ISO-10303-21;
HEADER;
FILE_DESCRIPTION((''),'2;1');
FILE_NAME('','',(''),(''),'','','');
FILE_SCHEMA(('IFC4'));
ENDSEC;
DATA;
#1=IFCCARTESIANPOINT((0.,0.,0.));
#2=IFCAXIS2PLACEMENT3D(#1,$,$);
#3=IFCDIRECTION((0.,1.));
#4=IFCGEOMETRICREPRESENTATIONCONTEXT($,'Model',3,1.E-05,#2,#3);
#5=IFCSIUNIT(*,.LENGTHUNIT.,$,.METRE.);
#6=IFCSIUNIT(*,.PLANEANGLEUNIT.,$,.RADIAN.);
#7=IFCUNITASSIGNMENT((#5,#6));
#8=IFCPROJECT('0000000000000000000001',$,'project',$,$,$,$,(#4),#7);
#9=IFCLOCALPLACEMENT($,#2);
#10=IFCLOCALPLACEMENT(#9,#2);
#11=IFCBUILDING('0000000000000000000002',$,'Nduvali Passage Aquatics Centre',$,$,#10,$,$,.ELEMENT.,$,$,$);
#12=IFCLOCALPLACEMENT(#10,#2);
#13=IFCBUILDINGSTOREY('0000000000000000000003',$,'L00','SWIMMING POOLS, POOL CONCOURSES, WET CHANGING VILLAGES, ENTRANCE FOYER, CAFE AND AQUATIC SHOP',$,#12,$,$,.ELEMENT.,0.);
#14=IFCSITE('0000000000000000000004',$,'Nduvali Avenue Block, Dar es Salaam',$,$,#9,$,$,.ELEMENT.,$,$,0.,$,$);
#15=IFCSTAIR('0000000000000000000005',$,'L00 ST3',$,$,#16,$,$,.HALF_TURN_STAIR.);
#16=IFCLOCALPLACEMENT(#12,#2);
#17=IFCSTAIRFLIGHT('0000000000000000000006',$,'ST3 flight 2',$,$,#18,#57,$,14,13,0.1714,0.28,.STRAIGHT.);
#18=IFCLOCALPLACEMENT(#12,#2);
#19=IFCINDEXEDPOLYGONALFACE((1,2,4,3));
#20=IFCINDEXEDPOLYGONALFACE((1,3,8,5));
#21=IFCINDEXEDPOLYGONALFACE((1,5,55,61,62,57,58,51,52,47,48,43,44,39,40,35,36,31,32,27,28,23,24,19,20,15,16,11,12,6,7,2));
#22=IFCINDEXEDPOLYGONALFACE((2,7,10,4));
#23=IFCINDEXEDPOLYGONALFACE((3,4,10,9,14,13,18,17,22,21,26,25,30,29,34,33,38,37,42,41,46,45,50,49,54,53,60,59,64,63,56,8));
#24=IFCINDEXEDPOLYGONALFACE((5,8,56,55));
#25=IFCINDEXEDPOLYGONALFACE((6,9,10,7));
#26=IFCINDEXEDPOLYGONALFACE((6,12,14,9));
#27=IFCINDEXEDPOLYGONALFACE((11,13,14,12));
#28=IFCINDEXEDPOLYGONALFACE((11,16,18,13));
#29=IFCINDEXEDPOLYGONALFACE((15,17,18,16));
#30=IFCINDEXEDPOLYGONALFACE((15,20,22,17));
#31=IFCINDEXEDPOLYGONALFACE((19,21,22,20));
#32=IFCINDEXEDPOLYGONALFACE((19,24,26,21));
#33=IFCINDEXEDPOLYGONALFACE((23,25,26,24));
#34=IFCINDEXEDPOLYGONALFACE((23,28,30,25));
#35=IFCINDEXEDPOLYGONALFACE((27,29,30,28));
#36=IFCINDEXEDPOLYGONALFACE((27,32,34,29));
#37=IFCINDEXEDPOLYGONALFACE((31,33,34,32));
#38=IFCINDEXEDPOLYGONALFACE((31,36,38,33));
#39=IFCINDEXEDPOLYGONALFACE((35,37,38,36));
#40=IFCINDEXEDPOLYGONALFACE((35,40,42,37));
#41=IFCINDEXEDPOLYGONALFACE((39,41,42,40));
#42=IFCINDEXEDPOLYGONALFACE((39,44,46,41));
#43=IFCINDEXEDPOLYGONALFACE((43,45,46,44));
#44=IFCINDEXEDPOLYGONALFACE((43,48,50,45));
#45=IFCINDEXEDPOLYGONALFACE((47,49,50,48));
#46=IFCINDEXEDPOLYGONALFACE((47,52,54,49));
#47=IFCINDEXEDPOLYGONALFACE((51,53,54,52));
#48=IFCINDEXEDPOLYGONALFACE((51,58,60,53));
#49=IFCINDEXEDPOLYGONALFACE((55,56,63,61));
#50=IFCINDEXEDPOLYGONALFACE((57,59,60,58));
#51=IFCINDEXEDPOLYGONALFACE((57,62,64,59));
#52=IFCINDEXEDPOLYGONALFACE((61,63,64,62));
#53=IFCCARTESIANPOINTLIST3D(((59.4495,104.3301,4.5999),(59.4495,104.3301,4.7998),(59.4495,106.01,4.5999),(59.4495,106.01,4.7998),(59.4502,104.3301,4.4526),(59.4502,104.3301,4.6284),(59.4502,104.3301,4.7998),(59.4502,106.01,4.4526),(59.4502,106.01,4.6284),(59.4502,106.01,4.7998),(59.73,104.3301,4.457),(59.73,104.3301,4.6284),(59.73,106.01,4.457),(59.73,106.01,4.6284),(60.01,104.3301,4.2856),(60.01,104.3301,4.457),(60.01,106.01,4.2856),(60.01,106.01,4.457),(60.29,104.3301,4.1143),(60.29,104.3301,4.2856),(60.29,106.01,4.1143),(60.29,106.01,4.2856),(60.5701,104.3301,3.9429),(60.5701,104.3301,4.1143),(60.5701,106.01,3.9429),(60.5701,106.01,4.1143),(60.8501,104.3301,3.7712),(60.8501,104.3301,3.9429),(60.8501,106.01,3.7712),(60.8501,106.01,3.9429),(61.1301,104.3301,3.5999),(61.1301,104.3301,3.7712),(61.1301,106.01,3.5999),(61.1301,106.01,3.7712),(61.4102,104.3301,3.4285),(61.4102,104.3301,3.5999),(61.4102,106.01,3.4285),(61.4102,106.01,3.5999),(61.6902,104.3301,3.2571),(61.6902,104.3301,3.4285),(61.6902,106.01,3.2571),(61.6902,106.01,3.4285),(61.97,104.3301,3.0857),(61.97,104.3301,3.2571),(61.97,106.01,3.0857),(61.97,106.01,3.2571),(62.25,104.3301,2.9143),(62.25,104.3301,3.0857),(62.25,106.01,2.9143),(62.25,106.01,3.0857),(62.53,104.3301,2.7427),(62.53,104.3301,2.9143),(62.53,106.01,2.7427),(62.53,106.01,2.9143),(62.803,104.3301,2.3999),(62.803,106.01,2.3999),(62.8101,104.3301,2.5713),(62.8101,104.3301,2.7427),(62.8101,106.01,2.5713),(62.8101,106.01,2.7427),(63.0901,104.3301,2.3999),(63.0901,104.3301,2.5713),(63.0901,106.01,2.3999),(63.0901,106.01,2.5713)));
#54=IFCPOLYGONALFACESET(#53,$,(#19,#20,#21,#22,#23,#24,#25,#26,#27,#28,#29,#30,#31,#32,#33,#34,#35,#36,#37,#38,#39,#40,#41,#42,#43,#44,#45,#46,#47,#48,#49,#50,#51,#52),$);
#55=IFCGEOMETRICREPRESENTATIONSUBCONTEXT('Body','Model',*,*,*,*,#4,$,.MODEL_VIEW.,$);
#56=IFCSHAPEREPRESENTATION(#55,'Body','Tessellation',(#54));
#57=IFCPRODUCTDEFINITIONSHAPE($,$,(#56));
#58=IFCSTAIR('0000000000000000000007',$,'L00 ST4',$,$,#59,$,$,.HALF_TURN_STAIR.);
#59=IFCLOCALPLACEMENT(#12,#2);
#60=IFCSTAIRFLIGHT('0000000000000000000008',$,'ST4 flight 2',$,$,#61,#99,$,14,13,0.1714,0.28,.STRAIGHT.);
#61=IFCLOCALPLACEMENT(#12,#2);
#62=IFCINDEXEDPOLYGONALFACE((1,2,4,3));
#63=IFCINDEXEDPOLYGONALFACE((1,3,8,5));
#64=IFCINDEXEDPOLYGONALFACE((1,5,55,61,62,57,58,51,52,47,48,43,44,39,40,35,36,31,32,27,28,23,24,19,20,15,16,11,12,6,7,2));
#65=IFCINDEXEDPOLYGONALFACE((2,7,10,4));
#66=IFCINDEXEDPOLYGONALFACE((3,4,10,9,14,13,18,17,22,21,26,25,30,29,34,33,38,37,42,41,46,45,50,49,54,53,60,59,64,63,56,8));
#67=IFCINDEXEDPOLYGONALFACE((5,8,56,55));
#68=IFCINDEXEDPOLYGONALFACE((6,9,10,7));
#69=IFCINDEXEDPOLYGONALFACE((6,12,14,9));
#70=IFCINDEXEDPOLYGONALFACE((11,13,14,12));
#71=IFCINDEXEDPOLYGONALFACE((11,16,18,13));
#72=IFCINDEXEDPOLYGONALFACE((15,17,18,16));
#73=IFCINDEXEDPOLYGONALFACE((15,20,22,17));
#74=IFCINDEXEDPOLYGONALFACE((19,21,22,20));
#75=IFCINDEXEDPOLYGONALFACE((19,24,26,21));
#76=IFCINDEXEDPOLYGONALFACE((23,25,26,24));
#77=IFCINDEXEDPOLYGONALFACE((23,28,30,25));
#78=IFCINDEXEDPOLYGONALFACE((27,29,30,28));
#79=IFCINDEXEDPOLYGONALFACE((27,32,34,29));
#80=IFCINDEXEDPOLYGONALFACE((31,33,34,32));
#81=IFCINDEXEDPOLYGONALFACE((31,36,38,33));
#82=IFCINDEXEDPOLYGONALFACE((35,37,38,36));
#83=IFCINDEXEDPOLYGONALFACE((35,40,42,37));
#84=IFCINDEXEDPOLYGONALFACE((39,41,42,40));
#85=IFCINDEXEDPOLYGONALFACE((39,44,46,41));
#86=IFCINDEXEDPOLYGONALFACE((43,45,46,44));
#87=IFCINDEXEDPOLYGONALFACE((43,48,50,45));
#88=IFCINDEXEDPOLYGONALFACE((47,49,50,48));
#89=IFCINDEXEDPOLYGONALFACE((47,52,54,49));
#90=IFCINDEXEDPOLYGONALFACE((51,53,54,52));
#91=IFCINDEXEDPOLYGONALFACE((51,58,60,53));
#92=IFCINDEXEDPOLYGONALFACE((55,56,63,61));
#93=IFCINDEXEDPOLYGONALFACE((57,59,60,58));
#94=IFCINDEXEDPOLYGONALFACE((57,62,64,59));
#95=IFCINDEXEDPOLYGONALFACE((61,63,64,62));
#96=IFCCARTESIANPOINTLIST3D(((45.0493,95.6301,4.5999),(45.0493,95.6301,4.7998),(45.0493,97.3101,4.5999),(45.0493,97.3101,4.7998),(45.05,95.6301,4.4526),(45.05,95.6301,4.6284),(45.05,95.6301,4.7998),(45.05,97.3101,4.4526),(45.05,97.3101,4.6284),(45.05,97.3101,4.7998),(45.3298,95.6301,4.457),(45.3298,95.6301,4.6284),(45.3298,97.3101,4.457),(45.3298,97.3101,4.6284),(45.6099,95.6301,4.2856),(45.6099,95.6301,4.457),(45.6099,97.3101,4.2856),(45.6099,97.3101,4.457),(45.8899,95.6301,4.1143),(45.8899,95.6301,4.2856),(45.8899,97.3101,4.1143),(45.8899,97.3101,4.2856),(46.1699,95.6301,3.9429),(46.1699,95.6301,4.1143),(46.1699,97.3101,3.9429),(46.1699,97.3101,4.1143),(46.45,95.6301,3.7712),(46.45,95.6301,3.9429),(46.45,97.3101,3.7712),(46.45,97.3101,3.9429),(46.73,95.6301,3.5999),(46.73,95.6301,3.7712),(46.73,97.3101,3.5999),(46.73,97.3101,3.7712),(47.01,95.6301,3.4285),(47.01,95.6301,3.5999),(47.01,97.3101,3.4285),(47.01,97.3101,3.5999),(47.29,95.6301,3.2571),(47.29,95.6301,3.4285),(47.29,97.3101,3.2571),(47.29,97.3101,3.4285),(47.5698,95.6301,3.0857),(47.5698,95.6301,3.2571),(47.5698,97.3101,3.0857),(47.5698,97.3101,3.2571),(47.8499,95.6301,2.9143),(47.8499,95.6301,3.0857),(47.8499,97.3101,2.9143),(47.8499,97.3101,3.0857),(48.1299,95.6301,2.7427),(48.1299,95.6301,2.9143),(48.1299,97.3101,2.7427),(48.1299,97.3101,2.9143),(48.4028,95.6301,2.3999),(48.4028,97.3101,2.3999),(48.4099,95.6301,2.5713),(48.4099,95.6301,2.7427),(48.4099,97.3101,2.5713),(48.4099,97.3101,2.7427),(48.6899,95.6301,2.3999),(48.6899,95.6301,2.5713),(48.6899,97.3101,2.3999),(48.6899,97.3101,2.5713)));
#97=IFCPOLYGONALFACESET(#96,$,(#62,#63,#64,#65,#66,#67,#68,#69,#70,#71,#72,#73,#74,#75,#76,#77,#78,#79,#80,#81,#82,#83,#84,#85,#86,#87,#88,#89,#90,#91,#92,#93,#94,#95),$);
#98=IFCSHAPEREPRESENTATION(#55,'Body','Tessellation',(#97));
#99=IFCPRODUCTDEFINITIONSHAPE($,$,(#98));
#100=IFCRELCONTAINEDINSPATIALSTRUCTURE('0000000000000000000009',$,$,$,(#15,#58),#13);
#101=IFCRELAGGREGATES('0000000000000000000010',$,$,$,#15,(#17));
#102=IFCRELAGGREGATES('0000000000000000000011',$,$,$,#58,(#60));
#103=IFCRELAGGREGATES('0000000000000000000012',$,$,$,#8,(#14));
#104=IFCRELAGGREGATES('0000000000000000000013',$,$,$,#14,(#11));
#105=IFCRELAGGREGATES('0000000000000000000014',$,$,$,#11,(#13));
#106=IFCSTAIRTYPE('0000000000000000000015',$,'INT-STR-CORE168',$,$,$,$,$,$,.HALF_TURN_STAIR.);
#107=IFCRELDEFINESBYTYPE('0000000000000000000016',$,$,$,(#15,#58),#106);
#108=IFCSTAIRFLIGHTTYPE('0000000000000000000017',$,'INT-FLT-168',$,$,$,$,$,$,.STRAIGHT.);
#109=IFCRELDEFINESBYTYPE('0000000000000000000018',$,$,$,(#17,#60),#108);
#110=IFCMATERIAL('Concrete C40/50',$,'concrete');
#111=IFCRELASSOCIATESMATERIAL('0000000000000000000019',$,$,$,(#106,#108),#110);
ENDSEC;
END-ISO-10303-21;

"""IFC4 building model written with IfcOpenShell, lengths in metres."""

from ifc_helpers import new_model, si_unit, direction, frame, origin, place, context, subcontext, project, spatial, polyline, outline, extrude, material, type_object, element, aggregate, save


model = new_model("IFC4")

# Units and contexts
model_context = context("Model", 3, precision=1e-05, world=origin(), true_north=direction((0.0, 1.0)))
body_context = subcontext(model_context, "Body", "Model", "MODEL_VIEW")
ifc_project = project(units=[si_unit("LENGTHUNIT", "METRE"), si_unit("PLANEANGLEUNIT", "RADIAN")], contexts=[model_context])

# Site, building, storey
site_placement = place(None, origin())
site = spatial("IfcSite", under=ifc_project, at=site_placement, Name="Nduvali Avenue Block, Dar es Salaam", CompositionType="ELEMENT", RefElevation=0.0)
building_placement = place(site_placement, origin())
building = spatial("IfcBuilding", under=site, at=building_placement, Name="Nduvali Passage Aquatics Centre", CompositionType="ELEMENT")
storey_placement = place(building_placement, origin())
storey = spatial("IfcBuildingStorey", under=building, at=storey_placement, Name="L00", Description="SWIMMING POOLS, POOL CONCOURSES, WET CHANGING VILLAGES, ENTRANCE FOYER, CAFE AND AQUATIC SHOP", CompositionType="ELEMENT", Elevation=0.0)

# Shared definitions
ifc_material_1 = material(Name="Concrete C40/50", Category="concrete")

# Stair, stair flight
stair_type = type_object("IfcStairType", Name="INT-STR-CORE168", PredefinedType="HALF_TURN_STAIR", material=ifc_material_1)
stair_1_placement = place(storey_placement, origin())
stair_1 = element("IfcStair", 1, at=stair_1_placement, inside=storey, type_object=stair_type, Name="L00 ST3", PredefinedType="HALF_TURN_STAIR")
stair_flight_type = type_object("IfcStairFlightType", Name="INT-FLT-168", PredefinedType="STRAIGHT", material=ifc_material_1)
stair_flight_1_placement = place(storey_placement, frame((63.0901, 105.1699, 2.3999), z_axis=(0.0, 0.0, 1.0), x_axis=(-1.0, 0.0, 0.0)))
stair_flight_1 = element("IfcStairFlight", 2, at=stair_flight_1_placement, type_object=stair_flight_type, Name="ST3 flight 2", NumberOfRisers=14, NumberOfTreads=13, PredefinedType="STRAIGHT", RiserHeight=0.1714, TreadLength=0.28, context=body_context, shape_type="SweptSolid", body=[
    extrude(outline(polyline([(0.0, 0.0), (0.0, 0.1714), (0.28, 0.1714), (0.28, 0.3428), (0.5601, 0.3428), (0.5601, 0.5144), (0.8401, 0.5144), (0.8401, 0.6858), (1.1201, 0.6858), (1.1201, 0.8572), (1.3999, 0.8572), (1.3999, 1.0286), (1.6799, 1.0286), (1.6799, 1.2), (1.96, 1.2), (1.96, 1.3713), (2.24, 1.3713), (2.24, 1.543), (2.52, 1.543), (2.52, 1.7144), (2.8, 1.7144), (2.8, 1.8857), (3.0801, 1.8857), (3.0801, 2.0571), (3.3601, 2.0571), (3.3601, 2.2285), (3.6399, 2.2285), (3.6399, 2.3999), (3.6406, 2.3999), (3.6406, 2.2), (3.6399, 2.0527), (0.2871, 0.0), (0.0, 0.0)])), frame((0.0, 0.8398, 0.0), z_axis=(0.0, -1.0, 0.0), x_axis=(1.0, 0.0, 0.0)), (0.0, 0.0, 1.0), 1.6799),
])
aggregate(stair_1, [stair_flight_1])

# Stair, stair flight
stair_2_placement = place(storey_placement, origin())
stair_2 = element("IfcStair", 3, at=stair_2_placement, inside=storey, type_object=stair_type, Name="L00 ST4", PredefinedType="HALF_TURN_STAIR")
stair_flight_2_placement = place(storey_placement, frame((48.6899, 96.47, 2.3999), z_axis=(0.0, 0.0, 1.0), x_axis=(-1.0, 0.0, 0.0)))
stair_flight_2 = element("IfcStairFlight", 4, at=stair_flight_2_placement, type_object=stair_flight_type, Name="ST4 flight 2", NumberOfRisers=14, NumberOfTreads=13, PredefinedType="STRAIGHT", RiserHeight=0.1714, TreadLength=0.28, context=body_context, shape_type="SweptSolid", body=[
    extrude(outline(polyline([(0.0, 0.0), (0.0, 0.1714), (0.28, 0.1714), (0.28, 0.3428), (0.5601, 0.3428), (0.5601, 0.5144), (0.8401, 0.5144), (0.8401, 0.6858), (1.1201, 0.6858), (1.1201, 0.8572), (1.3999, 0.8572), (1.3999, 1.0286), (1.6799, 1.0286), (1.6799, 1.2), (1.96, 1.2), (1.96, 1.3713), (2.24, 1.3713), (2.24, 1.543), (2.52, 1.543), (2.52, 1.7144), (2.8, 1.7144), (2.8, 1.8857), (3.0801, 1.8857), (3.0801, 2.0571), (3.3601, 2.0571), (3.3601, 2.2285), (3.6399, 2.2285), (3.6399, 2.3999), (3.6406, 2.3999), (3.6406, 2.2), (3.6399, 2.0527), (0.2871, 0.0), (0.0, 0.0)])), frame((0.0, 0.8398, 0.0), z_axis=(0.0, -1.0, 0.0), x_axis=(1.0, 0.0, 0.0)), (0.0, 0.0, 1.0), 1.6799),
])
aggregate(stair_2, [stair_flight_2])

save(model, "model.ifc")
